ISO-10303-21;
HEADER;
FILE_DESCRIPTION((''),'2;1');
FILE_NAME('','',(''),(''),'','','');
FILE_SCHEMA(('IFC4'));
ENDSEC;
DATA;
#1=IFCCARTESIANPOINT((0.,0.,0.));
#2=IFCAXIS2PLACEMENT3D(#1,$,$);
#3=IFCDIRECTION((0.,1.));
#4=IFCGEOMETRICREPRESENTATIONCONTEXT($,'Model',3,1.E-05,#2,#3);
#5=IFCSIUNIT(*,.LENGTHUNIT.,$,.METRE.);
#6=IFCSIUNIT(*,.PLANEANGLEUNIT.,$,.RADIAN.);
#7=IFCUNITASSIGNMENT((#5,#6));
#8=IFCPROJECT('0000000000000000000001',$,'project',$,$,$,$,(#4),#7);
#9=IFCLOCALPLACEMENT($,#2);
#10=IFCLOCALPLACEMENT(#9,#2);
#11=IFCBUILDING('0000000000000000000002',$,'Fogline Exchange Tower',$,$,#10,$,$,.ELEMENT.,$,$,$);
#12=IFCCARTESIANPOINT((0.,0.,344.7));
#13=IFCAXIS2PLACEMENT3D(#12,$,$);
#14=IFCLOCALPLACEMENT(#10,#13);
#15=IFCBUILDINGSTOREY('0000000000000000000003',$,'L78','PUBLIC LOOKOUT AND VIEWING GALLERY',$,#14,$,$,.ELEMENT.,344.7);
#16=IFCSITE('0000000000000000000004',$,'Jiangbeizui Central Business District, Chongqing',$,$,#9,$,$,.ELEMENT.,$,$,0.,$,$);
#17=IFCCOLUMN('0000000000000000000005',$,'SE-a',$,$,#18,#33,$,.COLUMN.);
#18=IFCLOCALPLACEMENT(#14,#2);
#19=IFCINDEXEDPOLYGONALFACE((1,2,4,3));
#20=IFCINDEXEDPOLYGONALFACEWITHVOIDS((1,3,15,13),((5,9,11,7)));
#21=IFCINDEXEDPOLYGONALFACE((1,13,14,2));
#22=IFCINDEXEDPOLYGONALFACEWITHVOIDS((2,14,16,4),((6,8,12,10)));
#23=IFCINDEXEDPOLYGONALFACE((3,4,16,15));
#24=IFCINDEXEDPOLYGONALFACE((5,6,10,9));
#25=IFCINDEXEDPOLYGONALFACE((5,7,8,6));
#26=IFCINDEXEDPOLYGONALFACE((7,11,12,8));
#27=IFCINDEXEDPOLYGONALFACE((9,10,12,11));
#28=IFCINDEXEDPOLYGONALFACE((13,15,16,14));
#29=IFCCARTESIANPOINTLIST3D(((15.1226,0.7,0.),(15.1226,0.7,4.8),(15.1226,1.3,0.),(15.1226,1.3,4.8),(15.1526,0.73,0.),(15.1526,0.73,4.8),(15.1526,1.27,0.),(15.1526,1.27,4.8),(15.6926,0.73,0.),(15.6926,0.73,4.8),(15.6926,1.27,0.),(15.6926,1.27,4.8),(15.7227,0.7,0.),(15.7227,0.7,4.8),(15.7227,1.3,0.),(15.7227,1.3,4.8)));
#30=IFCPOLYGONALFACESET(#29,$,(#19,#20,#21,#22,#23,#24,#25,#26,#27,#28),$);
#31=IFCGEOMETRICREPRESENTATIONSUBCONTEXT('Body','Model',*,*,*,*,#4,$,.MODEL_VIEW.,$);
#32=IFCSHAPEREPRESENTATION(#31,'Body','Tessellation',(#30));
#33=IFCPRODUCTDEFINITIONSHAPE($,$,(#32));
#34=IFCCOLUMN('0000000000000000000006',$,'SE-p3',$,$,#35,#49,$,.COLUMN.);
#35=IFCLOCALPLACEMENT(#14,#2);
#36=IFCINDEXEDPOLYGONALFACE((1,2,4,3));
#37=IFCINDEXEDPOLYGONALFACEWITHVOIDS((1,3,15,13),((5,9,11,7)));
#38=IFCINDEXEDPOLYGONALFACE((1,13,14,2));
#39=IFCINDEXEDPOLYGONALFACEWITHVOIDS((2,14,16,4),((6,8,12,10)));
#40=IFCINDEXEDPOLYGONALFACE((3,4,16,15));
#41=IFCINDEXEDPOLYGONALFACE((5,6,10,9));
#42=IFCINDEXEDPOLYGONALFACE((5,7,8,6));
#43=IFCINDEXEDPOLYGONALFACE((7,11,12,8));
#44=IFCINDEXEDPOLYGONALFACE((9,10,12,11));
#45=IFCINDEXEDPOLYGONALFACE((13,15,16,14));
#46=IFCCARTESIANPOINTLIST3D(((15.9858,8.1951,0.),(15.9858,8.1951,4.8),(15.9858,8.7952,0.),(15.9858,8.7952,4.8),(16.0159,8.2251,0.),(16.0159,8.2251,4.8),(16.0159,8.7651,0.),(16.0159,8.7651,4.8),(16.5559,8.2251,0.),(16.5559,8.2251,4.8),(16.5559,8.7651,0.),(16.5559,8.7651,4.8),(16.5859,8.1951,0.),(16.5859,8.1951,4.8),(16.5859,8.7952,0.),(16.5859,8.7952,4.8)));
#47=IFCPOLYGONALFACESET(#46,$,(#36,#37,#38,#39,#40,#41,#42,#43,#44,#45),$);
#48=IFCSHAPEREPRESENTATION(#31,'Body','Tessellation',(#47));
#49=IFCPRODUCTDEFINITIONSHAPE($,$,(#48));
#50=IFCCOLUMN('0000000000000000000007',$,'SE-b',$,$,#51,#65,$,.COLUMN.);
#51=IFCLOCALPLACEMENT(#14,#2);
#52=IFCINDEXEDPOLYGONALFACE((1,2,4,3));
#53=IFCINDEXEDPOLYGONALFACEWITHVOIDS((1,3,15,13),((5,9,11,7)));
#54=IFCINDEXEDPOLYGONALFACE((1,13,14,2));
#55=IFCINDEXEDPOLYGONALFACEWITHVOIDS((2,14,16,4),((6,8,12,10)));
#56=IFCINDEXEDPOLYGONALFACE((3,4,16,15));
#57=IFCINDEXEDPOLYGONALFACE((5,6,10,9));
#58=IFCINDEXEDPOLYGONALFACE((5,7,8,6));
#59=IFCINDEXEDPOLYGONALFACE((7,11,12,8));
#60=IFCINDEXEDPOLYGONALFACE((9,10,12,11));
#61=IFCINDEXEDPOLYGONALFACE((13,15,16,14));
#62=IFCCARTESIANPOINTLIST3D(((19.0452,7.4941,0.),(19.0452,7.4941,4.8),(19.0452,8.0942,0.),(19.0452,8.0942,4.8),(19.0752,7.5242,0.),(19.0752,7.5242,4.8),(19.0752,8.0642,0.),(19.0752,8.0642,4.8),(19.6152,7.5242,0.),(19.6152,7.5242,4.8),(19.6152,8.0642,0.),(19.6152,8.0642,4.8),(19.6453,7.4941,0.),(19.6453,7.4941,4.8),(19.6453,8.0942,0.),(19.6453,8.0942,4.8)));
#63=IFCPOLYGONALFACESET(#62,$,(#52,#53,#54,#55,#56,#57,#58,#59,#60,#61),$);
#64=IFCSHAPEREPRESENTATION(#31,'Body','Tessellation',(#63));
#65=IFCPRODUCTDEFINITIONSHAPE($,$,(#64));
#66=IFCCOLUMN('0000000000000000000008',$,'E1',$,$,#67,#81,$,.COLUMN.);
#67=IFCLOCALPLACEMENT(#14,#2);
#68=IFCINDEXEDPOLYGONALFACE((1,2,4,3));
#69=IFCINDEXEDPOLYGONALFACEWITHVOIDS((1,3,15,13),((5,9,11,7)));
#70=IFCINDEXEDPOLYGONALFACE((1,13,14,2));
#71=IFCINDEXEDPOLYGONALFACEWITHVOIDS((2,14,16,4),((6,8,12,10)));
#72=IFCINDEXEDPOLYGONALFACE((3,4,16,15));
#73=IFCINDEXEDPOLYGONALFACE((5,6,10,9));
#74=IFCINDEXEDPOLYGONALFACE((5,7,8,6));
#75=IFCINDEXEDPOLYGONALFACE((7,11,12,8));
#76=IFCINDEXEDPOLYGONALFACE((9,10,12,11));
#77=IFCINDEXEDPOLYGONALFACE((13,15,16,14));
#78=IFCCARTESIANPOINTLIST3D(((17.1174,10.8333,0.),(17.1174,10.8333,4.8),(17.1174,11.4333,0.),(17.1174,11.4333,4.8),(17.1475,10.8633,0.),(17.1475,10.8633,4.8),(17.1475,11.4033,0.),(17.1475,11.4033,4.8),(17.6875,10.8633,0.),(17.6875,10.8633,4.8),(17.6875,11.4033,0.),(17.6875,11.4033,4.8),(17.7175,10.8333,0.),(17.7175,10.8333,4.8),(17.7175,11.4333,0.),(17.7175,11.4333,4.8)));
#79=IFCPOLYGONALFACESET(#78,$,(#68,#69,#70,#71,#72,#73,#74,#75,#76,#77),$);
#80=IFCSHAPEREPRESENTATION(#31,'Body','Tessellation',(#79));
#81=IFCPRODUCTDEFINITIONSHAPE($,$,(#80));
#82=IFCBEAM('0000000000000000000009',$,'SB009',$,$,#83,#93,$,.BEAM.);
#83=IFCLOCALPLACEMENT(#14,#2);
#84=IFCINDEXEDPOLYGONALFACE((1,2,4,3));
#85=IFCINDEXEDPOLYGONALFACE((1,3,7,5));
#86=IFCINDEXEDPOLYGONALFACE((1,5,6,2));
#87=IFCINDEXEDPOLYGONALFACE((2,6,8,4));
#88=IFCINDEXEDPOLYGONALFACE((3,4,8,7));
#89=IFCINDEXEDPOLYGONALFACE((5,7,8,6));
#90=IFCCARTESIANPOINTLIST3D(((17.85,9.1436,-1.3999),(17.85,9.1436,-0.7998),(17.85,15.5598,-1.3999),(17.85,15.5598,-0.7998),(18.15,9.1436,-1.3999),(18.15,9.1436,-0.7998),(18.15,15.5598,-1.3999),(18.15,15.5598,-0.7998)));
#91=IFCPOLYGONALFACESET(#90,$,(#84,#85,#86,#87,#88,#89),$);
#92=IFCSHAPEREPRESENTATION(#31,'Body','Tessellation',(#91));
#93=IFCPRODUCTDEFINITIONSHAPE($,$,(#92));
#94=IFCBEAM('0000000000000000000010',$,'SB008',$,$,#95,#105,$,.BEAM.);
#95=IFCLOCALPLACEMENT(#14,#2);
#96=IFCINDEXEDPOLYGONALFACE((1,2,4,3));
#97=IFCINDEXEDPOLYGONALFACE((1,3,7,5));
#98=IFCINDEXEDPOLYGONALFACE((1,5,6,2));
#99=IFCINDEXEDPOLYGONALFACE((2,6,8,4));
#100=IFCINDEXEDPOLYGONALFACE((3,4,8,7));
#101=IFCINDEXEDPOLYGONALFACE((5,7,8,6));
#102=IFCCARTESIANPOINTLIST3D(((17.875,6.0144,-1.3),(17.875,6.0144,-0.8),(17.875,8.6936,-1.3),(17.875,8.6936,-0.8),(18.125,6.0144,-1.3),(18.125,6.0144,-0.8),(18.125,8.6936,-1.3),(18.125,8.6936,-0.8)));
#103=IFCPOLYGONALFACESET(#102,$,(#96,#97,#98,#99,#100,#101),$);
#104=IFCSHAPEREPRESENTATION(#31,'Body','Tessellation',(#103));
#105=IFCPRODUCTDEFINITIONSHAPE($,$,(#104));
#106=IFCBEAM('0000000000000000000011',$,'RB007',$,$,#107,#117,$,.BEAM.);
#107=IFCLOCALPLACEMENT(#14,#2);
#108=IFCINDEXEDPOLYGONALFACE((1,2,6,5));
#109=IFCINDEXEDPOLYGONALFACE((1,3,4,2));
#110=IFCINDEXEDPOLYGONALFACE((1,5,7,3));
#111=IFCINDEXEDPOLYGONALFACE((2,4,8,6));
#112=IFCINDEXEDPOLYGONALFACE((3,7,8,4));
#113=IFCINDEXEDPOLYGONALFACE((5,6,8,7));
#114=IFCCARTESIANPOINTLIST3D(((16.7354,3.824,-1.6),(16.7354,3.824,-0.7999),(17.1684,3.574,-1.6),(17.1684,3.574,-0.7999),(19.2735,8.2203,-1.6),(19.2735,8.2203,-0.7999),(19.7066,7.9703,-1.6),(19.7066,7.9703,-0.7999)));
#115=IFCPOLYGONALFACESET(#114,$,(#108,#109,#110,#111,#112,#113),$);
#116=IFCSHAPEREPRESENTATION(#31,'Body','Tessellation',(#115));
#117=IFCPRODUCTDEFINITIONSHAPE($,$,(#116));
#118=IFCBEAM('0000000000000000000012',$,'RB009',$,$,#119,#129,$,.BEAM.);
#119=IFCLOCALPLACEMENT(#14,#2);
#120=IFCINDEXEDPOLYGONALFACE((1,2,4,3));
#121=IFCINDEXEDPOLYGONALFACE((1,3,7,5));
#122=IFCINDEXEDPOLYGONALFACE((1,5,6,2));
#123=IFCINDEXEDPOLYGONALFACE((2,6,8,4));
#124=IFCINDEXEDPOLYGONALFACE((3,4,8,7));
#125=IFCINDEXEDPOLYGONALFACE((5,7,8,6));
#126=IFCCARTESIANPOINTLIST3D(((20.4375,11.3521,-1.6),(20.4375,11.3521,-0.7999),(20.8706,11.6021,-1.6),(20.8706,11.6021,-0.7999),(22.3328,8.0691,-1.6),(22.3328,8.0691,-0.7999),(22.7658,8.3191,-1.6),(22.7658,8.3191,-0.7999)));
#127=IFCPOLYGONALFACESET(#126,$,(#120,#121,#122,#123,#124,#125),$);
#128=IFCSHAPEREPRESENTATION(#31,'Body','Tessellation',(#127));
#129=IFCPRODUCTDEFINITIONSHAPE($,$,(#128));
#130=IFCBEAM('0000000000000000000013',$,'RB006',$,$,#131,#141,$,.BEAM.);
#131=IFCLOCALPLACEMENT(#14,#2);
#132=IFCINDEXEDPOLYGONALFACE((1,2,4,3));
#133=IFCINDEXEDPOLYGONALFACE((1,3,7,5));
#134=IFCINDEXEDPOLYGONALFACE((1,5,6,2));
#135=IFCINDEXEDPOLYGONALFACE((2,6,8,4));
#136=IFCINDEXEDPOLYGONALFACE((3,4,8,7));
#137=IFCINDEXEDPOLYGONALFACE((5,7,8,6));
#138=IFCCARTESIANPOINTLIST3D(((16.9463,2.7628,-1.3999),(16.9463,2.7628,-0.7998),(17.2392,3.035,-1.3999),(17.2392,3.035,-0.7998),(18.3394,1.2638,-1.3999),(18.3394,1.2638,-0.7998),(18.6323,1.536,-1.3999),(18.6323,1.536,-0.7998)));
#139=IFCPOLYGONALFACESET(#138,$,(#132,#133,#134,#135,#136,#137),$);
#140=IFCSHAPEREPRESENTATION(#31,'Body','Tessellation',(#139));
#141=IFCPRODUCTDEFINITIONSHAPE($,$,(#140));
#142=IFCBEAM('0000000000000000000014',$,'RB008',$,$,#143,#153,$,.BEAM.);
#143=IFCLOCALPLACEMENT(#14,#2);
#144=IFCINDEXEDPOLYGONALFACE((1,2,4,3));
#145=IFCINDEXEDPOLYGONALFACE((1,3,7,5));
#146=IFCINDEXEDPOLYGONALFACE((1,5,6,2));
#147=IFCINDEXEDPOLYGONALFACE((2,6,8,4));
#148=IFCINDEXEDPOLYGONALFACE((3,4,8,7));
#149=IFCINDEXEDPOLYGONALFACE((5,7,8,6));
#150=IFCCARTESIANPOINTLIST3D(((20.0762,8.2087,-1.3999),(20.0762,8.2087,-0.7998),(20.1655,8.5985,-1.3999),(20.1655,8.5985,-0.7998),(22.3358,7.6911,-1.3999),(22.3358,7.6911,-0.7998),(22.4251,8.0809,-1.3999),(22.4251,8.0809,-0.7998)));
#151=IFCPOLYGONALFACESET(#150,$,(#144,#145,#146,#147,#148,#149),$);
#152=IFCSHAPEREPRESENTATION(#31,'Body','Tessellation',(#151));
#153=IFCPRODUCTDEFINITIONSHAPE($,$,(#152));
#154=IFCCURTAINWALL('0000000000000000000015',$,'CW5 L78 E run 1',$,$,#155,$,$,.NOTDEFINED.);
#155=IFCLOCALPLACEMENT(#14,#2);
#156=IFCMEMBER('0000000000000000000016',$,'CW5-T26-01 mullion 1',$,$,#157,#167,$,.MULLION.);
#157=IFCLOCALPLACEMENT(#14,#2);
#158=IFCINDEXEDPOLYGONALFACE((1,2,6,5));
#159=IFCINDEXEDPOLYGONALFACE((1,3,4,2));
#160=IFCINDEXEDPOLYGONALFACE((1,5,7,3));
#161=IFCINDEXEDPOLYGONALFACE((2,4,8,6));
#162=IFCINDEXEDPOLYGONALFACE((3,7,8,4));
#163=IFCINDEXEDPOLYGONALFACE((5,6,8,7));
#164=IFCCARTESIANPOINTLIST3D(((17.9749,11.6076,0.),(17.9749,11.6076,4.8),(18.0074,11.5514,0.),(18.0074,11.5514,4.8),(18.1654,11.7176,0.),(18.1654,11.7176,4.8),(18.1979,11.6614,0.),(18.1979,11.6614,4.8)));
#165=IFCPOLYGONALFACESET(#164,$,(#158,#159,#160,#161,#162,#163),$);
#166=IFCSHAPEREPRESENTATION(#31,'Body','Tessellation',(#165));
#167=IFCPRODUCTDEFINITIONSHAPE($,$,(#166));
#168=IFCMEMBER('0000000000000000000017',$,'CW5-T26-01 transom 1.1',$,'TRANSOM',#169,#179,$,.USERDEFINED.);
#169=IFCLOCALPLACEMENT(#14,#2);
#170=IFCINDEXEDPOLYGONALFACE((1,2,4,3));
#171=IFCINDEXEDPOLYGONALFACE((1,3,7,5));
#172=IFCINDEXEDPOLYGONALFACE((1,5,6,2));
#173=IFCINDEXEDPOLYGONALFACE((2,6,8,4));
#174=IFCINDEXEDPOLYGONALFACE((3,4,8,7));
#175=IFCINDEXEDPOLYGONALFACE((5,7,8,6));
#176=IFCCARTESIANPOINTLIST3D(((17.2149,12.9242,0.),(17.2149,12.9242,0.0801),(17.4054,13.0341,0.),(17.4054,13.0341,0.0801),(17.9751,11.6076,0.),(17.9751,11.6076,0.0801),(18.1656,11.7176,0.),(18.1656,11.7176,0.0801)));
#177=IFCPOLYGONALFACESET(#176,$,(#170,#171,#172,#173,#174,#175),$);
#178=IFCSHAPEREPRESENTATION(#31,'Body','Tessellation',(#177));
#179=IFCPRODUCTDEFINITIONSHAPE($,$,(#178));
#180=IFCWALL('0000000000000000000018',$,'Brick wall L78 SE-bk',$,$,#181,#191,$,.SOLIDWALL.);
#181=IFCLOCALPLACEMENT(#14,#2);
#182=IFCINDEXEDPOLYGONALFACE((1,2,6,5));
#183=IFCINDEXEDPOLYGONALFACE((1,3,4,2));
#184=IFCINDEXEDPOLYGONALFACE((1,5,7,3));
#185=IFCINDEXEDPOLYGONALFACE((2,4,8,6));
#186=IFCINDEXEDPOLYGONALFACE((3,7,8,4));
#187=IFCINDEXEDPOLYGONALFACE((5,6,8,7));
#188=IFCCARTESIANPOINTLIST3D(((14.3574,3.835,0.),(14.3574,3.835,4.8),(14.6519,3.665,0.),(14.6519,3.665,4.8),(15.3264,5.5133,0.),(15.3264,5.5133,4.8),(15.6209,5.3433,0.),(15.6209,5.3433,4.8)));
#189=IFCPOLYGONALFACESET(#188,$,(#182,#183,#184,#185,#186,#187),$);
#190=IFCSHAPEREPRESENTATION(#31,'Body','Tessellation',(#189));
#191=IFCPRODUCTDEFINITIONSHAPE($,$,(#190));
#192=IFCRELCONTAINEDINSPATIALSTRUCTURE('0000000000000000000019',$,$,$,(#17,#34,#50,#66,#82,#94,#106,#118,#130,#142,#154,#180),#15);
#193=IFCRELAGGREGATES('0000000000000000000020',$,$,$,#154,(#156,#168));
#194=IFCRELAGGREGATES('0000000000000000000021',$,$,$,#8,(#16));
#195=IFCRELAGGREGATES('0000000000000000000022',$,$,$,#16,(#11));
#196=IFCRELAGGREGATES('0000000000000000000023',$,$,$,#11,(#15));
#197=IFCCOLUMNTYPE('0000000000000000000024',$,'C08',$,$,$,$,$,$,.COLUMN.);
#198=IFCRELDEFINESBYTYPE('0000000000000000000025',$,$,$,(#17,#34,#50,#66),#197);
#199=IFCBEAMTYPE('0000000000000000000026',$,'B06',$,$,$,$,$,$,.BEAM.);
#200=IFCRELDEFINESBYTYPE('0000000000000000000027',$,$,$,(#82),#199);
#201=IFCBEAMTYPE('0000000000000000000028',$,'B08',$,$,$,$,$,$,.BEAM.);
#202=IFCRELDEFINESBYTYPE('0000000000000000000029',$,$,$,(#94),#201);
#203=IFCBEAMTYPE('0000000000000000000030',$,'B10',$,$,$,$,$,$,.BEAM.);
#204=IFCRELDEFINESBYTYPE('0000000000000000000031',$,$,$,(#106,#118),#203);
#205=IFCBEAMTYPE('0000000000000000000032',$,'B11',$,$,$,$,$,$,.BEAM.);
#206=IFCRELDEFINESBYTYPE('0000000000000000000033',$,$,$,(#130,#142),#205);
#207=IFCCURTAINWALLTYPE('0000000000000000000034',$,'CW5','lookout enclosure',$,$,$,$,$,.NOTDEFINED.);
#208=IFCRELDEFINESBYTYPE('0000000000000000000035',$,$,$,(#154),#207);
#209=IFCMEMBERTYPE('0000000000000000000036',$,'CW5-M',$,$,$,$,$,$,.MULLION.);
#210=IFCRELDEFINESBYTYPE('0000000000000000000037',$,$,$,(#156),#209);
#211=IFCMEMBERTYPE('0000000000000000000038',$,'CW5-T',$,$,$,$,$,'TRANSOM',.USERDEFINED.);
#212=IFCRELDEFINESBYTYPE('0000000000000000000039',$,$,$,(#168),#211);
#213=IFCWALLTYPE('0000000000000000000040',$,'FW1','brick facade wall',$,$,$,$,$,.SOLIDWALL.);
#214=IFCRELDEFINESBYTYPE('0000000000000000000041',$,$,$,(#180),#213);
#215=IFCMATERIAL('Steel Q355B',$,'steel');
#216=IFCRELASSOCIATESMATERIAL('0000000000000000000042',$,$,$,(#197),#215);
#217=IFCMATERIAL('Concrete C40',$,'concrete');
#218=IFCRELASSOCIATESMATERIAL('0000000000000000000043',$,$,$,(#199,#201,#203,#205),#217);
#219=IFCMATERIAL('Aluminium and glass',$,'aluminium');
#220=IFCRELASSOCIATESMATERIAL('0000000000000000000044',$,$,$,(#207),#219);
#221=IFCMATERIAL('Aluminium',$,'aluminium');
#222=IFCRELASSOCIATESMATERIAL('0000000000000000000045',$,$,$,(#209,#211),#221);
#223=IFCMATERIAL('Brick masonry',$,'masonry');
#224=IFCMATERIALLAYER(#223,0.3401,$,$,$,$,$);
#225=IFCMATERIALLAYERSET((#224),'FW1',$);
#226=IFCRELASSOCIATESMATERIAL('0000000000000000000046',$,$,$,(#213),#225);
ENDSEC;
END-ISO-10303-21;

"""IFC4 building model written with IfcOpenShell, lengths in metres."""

from ifc_helpers import new_model, si_unit, direction, frame, frame_2d, origin, origin_2d, place, context, subcontext, project, spatial, rectangle, hollow_rectangle, extrude, material, layer, layer_set, material_profile, profile_set, type_object, element, aggregate, save


model = new_model("IFC4")

# Units and contexts
model_context = context("Model", 3, precision=1e-05, world=origin(), true_north=direction((0.0, 1.0)))
body_context = subcontext(model_context, "Body", "Model", "MODEL_VIEW")
ifc_project = project(units=[si_unit("LENGTHUNIT", "METRE"), si_unit("PLANEANGLEUNIT", "RADIAN")], contexts=[model_context])

# Site, building, storey
site_placement = place(None, origin())
site = spatial("IfcSite", under=ifc_project, at=site_placement, Name="Jiangbeizui Central Business District, Chongqing", CompositionType="ELEMENT", RefElevation=0.0)
building_placement = place(site_placement, origin())
building = spatial("IfcBuilding", under=site, at=building_placement, Name="Fogline Exchange Tower", CompositionType="ELEMENT")
storey_placement = place(building_placement, frame((0.0, 0.0, 344.7)))
storey = spatial("IfcBuildingStorey", under=building, at=storey_placement, Name="L78", Description="PUBLIC LOOKOUT AND VIEWING GALLERY", CompositionType="ELEMENT", Elevation=344.7)

# Columns
ifc_material_1 = material(Name="Steel Q355B", Category="steel")
ifc_material_profile_1 = material_profile(ifc_material_1, hollow_rectangle(XDim=0.6001, YDim=0.6001, WallThickness=0.03, at=origin_2d()), Name="BOX600X600X30")
ifc_profile_set_1 = profile_set([ifc_material_profile_1], Name="Steel Q355B")
column_type = type_object("IfcColumnType", Name="C08", PredefinedType="COLUMN", material=ifc_profile_set_1)
for number, where, z_axis, x_axis, name in (
    (1, (15.4226, 1.0, 0.0), (0.0, 0.0, 1.0), (1.0, 0.0, 0.0), "SE-a"),
    (2, (16.2859, 8.4951, 0.0), (0.0, 0.0, 1.0), (1.0, 0.0, 0.0), "SE-p3"),
    (3, (19.3452, 7.7942, 0.0), (0.0, 0.0, 1.0), (1.0, 0.0, 0.0), "SE-b"),
    (4, (17.4175, 11.1333, 0.0), (0.0, 0.0, 1.0), (1.0, 0.0, 0.0), "E1"),
):
    element("IfcColumn", number, at=place(storey_placement, frame(where, z_axis=z_axis, x_axis=x_axis)), inside=storey, type_object=column_type, Name=name, PredefinedType="COLUMN", context=body_context, shape_type="SweptSolid", body=[
        extrude(hollow_rectangle(XDim=0.6001, YDim=0.6001, WallThickness=0.03, at=origin_2d()), origin(), (0.0, 0.0, 1.0), 4.8),
    ])

# Beams
ifc_material_2 = material(Name="Concrete C40", Category="concrete")
ifc_material_profile_2 = material_profile(ifc_material_2, rectangle(XDim=0.3, YDim=0.6001, at=origin_2d()), Name="RC 300x600")
ifc_profile_set_2 = profile_set([ifc_material_profile_2], Name="Concrete C40")
beam_type_1 = type_object("IfcBeamType", Name="B06", PredefinedType="BEAM", material=ifc_profile_set_2)
beam_1_placement = place(storey_placement, frame((18.0, 9.1436, -1.0999), z_axis=(0.0, 1.0, 0.0), x_axis=(-1.0, 0.0, 0.0)))
element("IfcBeam", 5, at=beam_1_placement, inside=storey, type_object=beam_type_1, Name="SB009", PredefinedType="BEAM", context=body_context, shape_type="SweptSolid", body=[
    extrude(rectangle(XDim=0.3, YDim=0.6001, at=origin_2d()), origin(), (0.0, 0.0, 1.0), 6.4163),
])
ifc_material_profile_3 = material_profile(ifc_material_2, rectangle(XDim=0.25, YDim=0.5, at=origin_2d()), Name="RC 250x500")
ifc_profile_set_3 = profile_set([ifc_material_profile_3], Name="Concrete C40")
beam_type_2 = type_object("IfcBeamType", Name="B08", PredefinedType="BEAM", material=ifc_profile_set_3)
beam_2_placement = place(storey_placement, frame((18.0, 6.0144, -1.05), z_axis=(0.0, 1.0, 0.0), x_axis=(-1.0, 0.0, 0.0)))
element("IfcBeam", 6, at=beam_2_placement, inside=storey, type_object=beam_type_2, Name="SB008", PredefinedType="BEAM", context=body_context, shape_type="SweptSolid", body=[
    extrude(rectangle(XDim=0.25, YDim=0.5, at=origin_2d()), origin(), (0.0, 0.0, 1.0), 2.6792),
])
ifc_material_profile_4 = material_profile(ifc_material_2, rectangle(XDim=0.5, YDim=0.8, at=origin_2d()), Name="RC 500x800")
ifc_profile_set_4 = profile_set([ifc_material_profile_4], Name="Concrete C40")
beam_type_3 = type_object("IfcBeamType", Name="B10", PredefinedType="BEAM", material=ifc_profile_set_4)
beam_3_placement = place(storey_placement, frame((16.9519, 3.699, -1.2), z_axis=(0.499988, 0.866033, 0.0), x_axis=(-0.866033, 0.499988, 0.0)))
element("IfcBeam", 7, at=beam_3_placement, inside=storey, type_object=beam_type_3, Name="RB007", PredefinedType="BEAM", context=body_context, shape_type="SweptSolid", body=[
    extrude(rectangle(XDim=0.5, YDim=0.8, at=origin_2d()), origin(), (0.0, 0.0, 1.0), 5.0764),
])
beam_4_placement = place(storey_placement, frame((22.5493, 8.1941, -1.2), z_axis=(-0.49997, 0.866043, 0.0), x_axis=(-0.866043, -0.49997, 0.0)))
element("IfcBeam", 8, at=beam_4_placement, inside=storey, type_object=beam_type_3, Name="RB009", PredefinedType="BEAM", context=body_context, shape_type="SweptSolid", body=[
    extrude(rectangle(XDim=0.5, YDim=0.8, at=origin_2d()), origin(), (0.0, 0.0, 1.0), 3.7908),
])
ifc_material_profile_5 = material_profile(ifc_material_2, rectangle(XDim=0.3999, YDim=0.6001, at=origin_2d()), Name="RC 400x600")
ifc_profile_set_5 = profile_set([ifc_material_profile_5], Name="Concrete C40")
beam_type_4 = type_object("IfcBeamType", Name="B11", PredefinedType="BEAM", material=ifc_profile_set_5)
beam_5_placement = place(storey_placement, frame((18.4858, 1.3999, -1.0999), z_axis=(-0.680744, 0.732521, 0.0), x_axis=(-0.732521, -0.680744, 0.0)))
element("IfcBeam", 9, at=beam_5_placement, inside=storey, type_object=beam_type_4, Name="RB006", PredefinedType="BEAM", context=body_context, shape_type="SweptSolid", body=[
    extrude(rectangle(XDim=0.3999, YDim=0.6001, at=origin_2d()), origin(), (0.0, 0.0, 1.0), 2.0464),
])
beam_6_placement = place(storey_placement, frame((20.1208, 8.4036, -1.0999), z_axis=(0.974754, -0.223282, 0.0), x_axis=(0.223282, 0.974754, 0.0)))
element("IfcBeam", 10, at=beam_6_placement, inside=storey, type_object=beam_type_4, Name="RB008", PredefinedType="BEAM", context=body_context, shape_type="SweptSolid", body=[
    extrude(rectangle(XDim=0.3999, YDim=0.6001, at=origin_2d()), origin(), (0.0, 0.0, 1.0), 2.3181),
])

# Curtain wall, members
ifc_material_3 = material(Name="Aluminium and glass", Category="aluminium")
curtain_wall_type = type_object("IfcCurtainWallType", Name="CW5", Description="lookout enclosure", PredefinedType="NOTDEFINED", material=ifc_material_3)
curtain_wall_placement = place(storey_placement, origin())
curtain_wall = element("IfcCurtainWall", 11, at=curtain_wall_placement, inside=storey, type_object=curtain_wall_type, Name="CW5 L78 E run 1", PredefinedType="NOTDEFINED")
ifc_material_4 = material(Name="Aluminium", Category="aluminium")
ifc_material_profile_6 = material_profile(ifc_material_4, rectangle(XDim=0.22, YDim=0.0649, at=origin_2d()), Name="Mullion 65x220")
ifc_profile_set_6 = profile_set([ifc_material_profile_6], Name="Aluminium")
member_type_1 = type_object("IfcMemberType", Name="CW5-M", PredefinedType="MULLION", material=ifc_profile_set_6)
member_1_placement = place(storey_placement, frame((18.0864, 11.6345, 0.0), z_axis=(0.0, 0.0, 1.0), x_axis=(-0.866025, -0.5, 0.0)))
member_1 = element("IfcMember", 12, at=member_1_placement, type_object=member_type_1, Name="CW5-T26-01 mullion 1", PredefinedType="MULLION", context=body_context, shape_type="SweptSolid", body=[
    extrude(rectangle(XDim=0.22, YDim=0.0649, at=origin_2d()), origin(), (0.0, 0.0, 1.0), 4.8),
])
ifc_material_profile_7 = material_profile(ifc_material_4, rectangle(XDim=0.22, YDim=0.0801, at=origin_2d()), Name="Transom 80x220")
ifc_profile_set_7 = profile_set([ifc_material_profile_7], Name="Aluminium")
member_type_2 = type_object("IfcMemberType", Name="CW5-T", ElementType="TRANSOM", PredefinedType="USERDEFINED", material=ifc_profile_set_7)
member_2_placement = place(storey_placement, frame((18.0703, 11.6626, 0.04), z_axis=(-0.500042, 0.866001, 0.0), x_axis=(-0.866001, -0.500042, 0.0)))
member_2 = element("IfcMember", 13, at=member_2_placement, type_object=member_type_2, Name="CW5-T26-01 transom 1.1", ObjectType="TRANSOM", PredefinedType="USERDEFINED", context=body_context, shape_type="SweptSolid", body=[
    extrude(rectangle(XDim=0.22, YDim=0.0801, at=origin_2d()), origin(), (0.0, 0.0, 1.0), 1.5203),
])
aggregate(curtain_wall, [member_1, member_2])

# Wall
ifc_material_5 = material(Name="Brick masonry", Category="masonry")
ifc_layer_1 = layer(ifc_material_5, 0.3401)
ifc_layer_set_1 = layer_set([ifc_layer_1], Name="FW1")
wall_type_1 = type_object("IfcWallType", Name="FW1", Description="brick facade wall", PredefinedType="SOLIDWALL", material=ifc_layer_set_1)
wall_1_placement = place(storey_placement, frame((14.5046, 3.75, 0.0), z_axis=(0.0, 0.0, 1.0), x_axis=(0.500028, 0.866009, 0.0)))
element("IfcWall", 14, at=wall_1_placement, inside=storey, type_object=wall_type_1, Name="Brick wall L78 SE-bk", PredefinedType="SOLIDWALL", context=body_context, shape_type="SweptSolid", body=[
    extrude(rectangle(XDim=1.938, YDim=0.3401, at=frame_2d((0.969, 0.0))), origin(), (0.0, 0.0, 1.0), 4.8),
])

save(model, "model.ifc")
